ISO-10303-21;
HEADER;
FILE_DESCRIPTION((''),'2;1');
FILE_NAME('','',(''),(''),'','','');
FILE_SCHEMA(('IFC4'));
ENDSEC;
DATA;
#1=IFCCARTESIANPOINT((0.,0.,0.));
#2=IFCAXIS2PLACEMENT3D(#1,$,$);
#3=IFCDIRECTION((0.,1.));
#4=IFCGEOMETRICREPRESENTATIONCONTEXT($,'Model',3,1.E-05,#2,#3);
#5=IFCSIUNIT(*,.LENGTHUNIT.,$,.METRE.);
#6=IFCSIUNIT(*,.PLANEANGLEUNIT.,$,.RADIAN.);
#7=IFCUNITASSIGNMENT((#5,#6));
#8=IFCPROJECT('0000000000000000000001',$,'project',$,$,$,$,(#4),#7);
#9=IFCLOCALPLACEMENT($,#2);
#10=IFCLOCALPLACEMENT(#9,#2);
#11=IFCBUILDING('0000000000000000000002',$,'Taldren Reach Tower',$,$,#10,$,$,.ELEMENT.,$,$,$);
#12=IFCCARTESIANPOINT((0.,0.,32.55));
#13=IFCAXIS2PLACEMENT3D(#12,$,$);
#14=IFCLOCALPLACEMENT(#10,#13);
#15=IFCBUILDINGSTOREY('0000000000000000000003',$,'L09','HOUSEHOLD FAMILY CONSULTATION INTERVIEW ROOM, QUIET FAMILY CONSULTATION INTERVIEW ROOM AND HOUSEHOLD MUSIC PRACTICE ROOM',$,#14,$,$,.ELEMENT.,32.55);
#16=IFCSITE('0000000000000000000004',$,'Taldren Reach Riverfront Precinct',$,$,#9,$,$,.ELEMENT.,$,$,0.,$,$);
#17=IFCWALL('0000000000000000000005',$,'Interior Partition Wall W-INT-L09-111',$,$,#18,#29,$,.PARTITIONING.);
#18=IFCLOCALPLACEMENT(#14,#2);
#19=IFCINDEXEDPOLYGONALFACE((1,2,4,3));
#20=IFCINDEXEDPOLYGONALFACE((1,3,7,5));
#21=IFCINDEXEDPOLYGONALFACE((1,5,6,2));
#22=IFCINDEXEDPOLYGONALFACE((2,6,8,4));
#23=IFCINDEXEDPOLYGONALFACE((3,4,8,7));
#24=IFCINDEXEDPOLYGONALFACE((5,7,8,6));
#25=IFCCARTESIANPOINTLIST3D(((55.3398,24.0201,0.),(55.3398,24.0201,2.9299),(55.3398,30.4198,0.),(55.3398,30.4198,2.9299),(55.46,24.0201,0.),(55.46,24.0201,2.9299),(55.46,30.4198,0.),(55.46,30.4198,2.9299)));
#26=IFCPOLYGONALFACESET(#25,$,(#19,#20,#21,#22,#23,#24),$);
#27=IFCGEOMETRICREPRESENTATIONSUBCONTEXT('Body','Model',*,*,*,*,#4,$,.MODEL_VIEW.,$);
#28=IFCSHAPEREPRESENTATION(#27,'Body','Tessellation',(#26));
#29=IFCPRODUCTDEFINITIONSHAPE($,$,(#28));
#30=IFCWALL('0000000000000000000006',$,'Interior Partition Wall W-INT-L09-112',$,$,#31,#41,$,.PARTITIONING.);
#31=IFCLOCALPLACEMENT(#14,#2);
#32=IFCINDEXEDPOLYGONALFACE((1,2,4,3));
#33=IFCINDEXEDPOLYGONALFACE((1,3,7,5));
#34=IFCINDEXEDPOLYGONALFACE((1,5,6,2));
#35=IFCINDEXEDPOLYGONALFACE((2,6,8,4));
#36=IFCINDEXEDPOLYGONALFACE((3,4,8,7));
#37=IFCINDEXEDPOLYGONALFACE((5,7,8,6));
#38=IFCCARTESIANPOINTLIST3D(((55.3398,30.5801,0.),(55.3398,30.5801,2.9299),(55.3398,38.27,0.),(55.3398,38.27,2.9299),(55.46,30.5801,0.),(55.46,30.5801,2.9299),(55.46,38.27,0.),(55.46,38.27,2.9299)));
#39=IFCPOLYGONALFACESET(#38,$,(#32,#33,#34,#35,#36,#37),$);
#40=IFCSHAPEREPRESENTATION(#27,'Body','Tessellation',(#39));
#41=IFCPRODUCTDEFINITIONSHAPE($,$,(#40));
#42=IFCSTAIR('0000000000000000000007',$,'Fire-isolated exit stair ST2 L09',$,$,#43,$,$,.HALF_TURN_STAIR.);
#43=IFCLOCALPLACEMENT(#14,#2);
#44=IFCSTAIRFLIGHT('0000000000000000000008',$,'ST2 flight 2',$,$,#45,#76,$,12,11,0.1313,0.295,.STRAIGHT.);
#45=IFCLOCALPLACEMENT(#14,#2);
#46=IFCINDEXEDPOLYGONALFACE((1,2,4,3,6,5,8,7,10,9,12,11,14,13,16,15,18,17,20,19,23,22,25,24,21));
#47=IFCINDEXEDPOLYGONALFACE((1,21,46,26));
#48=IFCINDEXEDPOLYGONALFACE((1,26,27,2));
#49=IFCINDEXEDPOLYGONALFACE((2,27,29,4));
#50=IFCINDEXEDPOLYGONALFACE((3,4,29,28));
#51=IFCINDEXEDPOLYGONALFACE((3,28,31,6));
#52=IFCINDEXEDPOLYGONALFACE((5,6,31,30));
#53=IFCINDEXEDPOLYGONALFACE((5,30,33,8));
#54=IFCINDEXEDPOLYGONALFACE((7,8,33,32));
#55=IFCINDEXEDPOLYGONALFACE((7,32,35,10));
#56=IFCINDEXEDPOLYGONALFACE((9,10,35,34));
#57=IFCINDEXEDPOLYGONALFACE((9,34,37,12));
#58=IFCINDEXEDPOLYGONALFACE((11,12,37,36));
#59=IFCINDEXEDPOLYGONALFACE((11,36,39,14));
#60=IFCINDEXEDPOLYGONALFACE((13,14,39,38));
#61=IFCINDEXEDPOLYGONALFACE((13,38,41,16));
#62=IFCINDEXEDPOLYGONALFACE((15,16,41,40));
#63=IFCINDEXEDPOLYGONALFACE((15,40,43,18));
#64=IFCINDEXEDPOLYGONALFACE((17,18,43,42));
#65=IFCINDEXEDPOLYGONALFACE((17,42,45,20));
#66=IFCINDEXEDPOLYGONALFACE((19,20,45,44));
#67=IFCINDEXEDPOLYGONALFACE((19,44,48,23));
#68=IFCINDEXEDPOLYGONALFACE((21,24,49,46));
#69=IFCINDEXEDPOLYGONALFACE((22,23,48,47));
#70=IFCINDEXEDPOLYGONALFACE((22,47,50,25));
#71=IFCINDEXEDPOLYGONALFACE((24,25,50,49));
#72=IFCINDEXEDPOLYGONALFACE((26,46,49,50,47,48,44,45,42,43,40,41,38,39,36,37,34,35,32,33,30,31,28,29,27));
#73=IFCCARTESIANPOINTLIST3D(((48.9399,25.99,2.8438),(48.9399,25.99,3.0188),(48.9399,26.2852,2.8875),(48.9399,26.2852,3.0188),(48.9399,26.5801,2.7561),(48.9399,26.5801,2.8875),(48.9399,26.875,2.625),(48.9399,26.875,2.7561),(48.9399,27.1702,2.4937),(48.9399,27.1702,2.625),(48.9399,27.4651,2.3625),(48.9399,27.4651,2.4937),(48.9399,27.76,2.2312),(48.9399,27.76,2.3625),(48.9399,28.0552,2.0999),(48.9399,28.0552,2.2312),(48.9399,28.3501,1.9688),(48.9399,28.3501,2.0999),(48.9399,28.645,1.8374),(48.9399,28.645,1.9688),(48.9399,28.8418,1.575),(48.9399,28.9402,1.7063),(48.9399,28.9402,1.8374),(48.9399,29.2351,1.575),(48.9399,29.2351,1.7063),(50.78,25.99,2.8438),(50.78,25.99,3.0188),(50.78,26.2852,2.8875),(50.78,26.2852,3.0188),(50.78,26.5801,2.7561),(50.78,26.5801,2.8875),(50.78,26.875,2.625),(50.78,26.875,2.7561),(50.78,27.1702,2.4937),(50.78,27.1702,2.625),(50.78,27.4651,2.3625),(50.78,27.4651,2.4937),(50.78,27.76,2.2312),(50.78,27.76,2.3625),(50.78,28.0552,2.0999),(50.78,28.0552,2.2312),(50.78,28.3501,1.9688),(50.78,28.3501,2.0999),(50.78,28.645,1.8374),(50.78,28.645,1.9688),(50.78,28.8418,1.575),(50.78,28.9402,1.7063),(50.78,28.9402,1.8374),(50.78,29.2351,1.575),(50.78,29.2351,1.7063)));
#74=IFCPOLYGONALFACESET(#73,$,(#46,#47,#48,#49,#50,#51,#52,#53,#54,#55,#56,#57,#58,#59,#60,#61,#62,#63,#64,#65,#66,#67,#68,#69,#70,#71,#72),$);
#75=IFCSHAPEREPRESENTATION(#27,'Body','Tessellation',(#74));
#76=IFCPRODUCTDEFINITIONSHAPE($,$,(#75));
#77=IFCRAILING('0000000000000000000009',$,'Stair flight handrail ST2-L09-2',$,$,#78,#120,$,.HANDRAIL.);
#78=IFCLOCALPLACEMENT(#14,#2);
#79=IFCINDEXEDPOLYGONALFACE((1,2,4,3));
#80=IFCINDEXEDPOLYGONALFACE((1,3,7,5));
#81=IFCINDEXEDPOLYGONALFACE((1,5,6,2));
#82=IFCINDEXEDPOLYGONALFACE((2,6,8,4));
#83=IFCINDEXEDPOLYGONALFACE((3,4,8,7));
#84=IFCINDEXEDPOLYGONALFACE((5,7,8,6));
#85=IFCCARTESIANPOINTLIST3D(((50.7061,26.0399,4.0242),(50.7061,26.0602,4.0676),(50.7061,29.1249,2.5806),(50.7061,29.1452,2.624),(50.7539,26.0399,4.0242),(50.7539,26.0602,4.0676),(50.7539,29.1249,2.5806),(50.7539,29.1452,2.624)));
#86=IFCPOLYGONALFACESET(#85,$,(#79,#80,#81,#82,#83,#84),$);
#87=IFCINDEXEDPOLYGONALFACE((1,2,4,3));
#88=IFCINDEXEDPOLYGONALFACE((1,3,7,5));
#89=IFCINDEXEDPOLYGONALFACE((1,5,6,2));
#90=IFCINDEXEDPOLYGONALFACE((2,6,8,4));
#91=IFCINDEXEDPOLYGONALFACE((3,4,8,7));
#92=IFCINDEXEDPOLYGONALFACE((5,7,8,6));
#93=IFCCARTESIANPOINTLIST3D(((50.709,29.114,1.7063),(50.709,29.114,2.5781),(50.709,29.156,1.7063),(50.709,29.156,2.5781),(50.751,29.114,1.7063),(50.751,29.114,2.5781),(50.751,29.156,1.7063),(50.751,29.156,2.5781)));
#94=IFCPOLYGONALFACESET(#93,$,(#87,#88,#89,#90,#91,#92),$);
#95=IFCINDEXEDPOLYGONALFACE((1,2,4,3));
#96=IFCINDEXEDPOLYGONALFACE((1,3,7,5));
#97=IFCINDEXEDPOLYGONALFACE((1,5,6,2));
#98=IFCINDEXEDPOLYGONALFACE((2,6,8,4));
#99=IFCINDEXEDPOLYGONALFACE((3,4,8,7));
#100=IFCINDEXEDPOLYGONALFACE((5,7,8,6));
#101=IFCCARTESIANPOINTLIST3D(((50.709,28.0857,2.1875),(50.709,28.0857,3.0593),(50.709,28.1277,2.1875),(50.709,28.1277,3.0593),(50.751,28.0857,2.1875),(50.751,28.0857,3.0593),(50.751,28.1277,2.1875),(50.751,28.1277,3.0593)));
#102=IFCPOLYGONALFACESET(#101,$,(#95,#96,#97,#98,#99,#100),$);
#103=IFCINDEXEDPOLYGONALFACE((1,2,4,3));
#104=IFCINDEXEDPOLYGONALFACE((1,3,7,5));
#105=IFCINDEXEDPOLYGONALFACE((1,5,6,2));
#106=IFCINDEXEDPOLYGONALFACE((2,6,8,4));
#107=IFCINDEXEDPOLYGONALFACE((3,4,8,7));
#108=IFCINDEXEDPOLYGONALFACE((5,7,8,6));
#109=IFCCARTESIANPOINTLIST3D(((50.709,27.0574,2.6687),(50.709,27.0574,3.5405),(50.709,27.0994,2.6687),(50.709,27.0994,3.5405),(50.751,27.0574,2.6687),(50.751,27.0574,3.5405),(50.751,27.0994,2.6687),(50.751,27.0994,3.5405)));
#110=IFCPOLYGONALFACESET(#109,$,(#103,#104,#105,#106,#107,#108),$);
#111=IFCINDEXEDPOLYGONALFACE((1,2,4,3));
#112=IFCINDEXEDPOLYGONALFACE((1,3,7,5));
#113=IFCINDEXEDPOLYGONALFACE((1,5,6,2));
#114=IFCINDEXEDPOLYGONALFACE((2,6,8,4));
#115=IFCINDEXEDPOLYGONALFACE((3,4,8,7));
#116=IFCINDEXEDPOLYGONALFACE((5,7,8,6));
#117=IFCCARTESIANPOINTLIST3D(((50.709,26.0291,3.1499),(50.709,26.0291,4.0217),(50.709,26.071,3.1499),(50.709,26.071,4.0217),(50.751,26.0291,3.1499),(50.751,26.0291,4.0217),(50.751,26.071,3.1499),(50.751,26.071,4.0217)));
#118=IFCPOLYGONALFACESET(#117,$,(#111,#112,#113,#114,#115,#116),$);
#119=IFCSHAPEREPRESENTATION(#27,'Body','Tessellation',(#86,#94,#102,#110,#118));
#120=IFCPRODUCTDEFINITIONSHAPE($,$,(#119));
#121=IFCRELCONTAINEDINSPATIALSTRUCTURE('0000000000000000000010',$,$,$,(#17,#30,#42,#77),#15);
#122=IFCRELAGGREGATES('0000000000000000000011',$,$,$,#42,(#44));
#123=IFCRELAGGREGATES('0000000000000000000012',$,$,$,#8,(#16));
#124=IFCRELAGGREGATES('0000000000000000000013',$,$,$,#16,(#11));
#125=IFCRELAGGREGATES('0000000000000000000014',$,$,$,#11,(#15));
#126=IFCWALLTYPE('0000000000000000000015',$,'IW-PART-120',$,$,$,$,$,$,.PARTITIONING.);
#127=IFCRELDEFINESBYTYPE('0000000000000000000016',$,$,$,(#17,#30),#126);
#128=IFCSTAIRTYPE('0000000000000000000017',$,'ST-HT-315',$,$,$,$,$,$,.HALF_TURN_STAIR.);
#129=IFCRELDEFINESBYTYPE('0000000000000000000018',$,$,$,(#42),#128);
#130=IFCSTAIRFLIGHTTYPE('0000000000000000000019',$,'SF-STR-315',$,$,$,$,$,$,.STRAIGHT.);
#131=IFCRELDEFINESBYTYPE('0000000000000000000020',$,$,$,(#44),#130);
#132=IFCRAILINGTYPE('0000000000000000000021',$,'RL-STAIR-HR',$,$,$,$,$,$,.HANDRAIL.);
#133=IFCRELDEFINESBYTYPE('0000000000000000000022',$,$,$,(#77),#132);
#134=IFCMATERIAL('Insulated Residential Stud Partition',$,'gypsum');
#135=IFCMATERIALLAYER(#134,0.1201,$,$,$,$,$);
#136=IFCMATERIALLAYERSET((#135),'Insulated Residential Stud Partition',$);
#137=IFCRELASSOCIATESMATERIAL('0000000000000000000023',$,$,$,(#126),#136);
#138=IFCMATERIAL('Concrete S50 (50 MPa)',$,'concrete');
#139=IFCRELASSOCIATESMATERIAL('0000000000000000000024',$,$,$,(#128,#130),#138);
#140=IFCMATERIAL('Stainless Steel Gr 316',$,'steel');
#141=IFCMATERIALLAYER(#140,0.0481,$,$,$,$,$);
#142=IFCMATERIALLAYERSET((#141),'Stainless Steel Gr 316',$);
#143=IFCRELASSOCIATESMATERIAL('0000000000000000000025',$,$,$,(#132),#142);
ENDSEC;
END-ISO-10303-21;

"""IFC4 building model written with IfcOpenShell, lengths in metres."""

from ifc_helpers import new_model, si_unit, direction, frame, frame_2d, origin, origin_2d, place, context, subcontext, project, spatial, polyline, rectangle, outline, extrude, source, transform, mapped, material, layer, layer_set, type_object, element, aggregate, save


model = new_model("IFC4")

# Units and contexts
model_context = context("Model", 3, precision=1e-05, world=origin(), true_north=direction((0.0, 1.0)))
body_context = subcontext(model_context, "Body", "Model", "MODEL_VIEW")
ifc_project = project(units=[si_unit("LENGTHUNIT", "METRE"), si_unit("PLANEANGLEUNIT", "RADIAN")], contexts=[model_context])

# Site, building, storey
site_placement = place(None, origin())
site = spatial("IfcSite", under=ifc_project, at=site_placement, Name="Taldren Reach Riverfront Precinct", CompositionType="ELEMENT", RefElevation=0.0)
building_placement = place(site_placement, origin())
building = spatial("IfcBuilding", under=site, at=building_placement, Name="Taldren Reach Tower", CompositionType="ELEMENT")
storey_placement = place(building_placement, frame((0.0, 0.0, 32.55)))
storey = spatial("IfcBuildingStorey", under=building, at=storey_placement, Name="L09", Description="HOUSEHOLD FAMILY CONSULTATION INTERVIEW ROOM, QUIET FAMILY CONSULTATION INTERVIEW ROOM AND HOUSEHOLD MUSIC PRACTICE ROOM", CompositionType="ELEMENT", Elevation=32.55)

# Shared definitions
ifc_material_1 = material(Name="Insulated Residential Stud Partition", Category="gypsum")
ifc_layer_1 = layer(ifc_material_1, 0.1201)
ifc_layer_set_1 = layer_set([ifc_layer_1], Name="Insulated Residential Stud Partition")
wall_type_1 = type_object("IfcWallType", Name="IW-PART-120", PredefinedType="PARTITIONING", material=ifc_layer_set_1)

# Walls
shared_shape_1 = source(origin(), body_context, "Body", "SweptSolid", [
    extrude(rectangle(XDim=6.3997, YDim=0.1201, at=frame_2d((3.1997, 0.0))), origin(), (0.0, 0.0, 1.0), 2.9299),
])
wall_1_placement = place(storey_placement, frame((55.3999, 24.0203, 0.0), z_axis=(0.0, 0.0, 1.0), x_axis=(0.0, 1.0, 0.0)))
element("IfcWall", 1, at=wall_1_placement, inside=storey, type_object=wall_type_1, Name="Interior Partition Wall W-INT-L09-111", PredefinedType="PARTITIONING", context=body_context, shape_type="MappedRepresentation", body=[
    mapped(shared_shape_1, transform((0.0, 0.0, 0.0), scale=1.0)),
])
shared_shape_2 = source(origin(), body_context, "Body", "SweptSolid", [
    extrude(rectangle(XDim=7.6899, YDim=0.1201, at=frame_2d((3.845, 0.0))), origin(), (0.0, 0.0, 1.0), 2.9299),
])
wall_2_placement = place(storey_placement, frame((55.3999, 30.5801, 0.0), z_axis=(0.0, 0.0, 1.0), x_axis=(0.0, 1.0, 0.0)))
element("IfcWall", 2, at=wall_2_placement, inside=storey, type_object=wall_type_1, Name="Interior Partition Wall W-INT-L09-112", PredefinedType="PARTITIONING", context=body_context, shape_type="MappedRepresentation", body=[
    mapped(shared_shape_2, transform((0.0, 0.0, 0.0), scale=1.0)),
])

# Stair, stair flight
ifc_material_2 = material(Name="Concrete S50 (50 MPa)", Category="concrete")
stair_type = type_object("IfcStairType", Name="ST-HT-315", PredefinedType="HALF_TURN_STAIR", material=ifc_material_2)
stair_placement = place(storey_placement, origin())
stair = element("IfcStair", 3, at=stair_placement, inside=storey, type_object=stair_type, Name="Fire-isolated exit stair ST2 L09", PredefinedType="HALF_TURN_STAIR")
stair_flight_type = type_object("IfcStairFlightType", Name="SF-STR-315", PredefinedType="STRAIGHT", material=ifc_material_2)
stair_flight_placement = place(storey_placement, frame((49.8601, 29.2351, 1.575), z_axis=(0.0, 0.0, 1.0), x_axis=(0.0, -1.0, 0.0)))
stair_flight = element("IfcStairFlight", 4, at=stair_flight_placement, type_object=stair_flight_type, Name="ST2 flight 2", NumberOfRisers=12, NumberOfTreads=11, PredefinedType="STRAIGHT", RiserHeight=0.1313, TreadLength=0.295, context=body_context, shape_type="SweptSolid", body=[
    extrude(outline(polyline([(0.0, 0.0), (0.0, 0.1313), (0.2949, 0.1313), (0.2949, 0.2625), (0.5901, 0.2625), (0.5901, 0.3938), (0.885, 0.3938), (0.885, 0.5249), (1.1799, 0.5249), (1.1799, 0.6562), (1.4751, 0.6562), (1.4751, 0.7876), (1.77, 0.7876), (1.77, 0.9187), (2.0649, 0.9187), (2.0649, 1.05), (2.3601, 1.05), (2.3601, 1.1812), (2.655, 1.1812), (2.655, 1.3125), (2.95, 1.3125), (2.95, 1.4438), (3.2451, 1.4438), (3.2451, 1.575), (3.2451, 1.2688), (0.3933, 0.0), (0.0, 0.0)])), frame((0.0, 0.9199, 0.0), z_axis=(0.0, -1.0, 0.0), x_axis=(1.0, 0.0, 0.0)), (0.0, 0.0, 1.0), 1.8401),
])
aggregate(stair, [stair_flight])

# Railing
ifc_material_3 = material(Name="Stainless Steel Gr 316", Category="steel")
ifc_layer_2 = layer(ifc_material_3, 0.0481)
ifc_layer_set_2 = layer_set([ifc_layer_2], Name="Stainless Steel Gr 316")
railing_type = type_object("IfcRailingType", Name="RL-STAIR-HR", PredefinedType="HANDRAIL", material=ifc_layer_set_2)
railing_placement = place(storey_placement, frame((50.73, 29.135, 1.7063)))
element("IfcRailing", 5, at=railing_placement, inside=storey, type_object=railing_type, Name="Stair flight handrail ST2-L09-2", PredefinedType="HANDRAIL", context=body_context, shape_type="SweptSolid", body=[
    extrude(rectangle(XDim=0.0479, YDim=0.0479, at=origin_2d()), frame((0.0, 0.0, 0.896), z_axis=(0.0, -0.905738, 0.423839), x_axis=(1.0, 0.0, 0.0)), (0.0, 0.0, 1.0), 3.406),
    extrude(rectangle(XDim=0.042, YDim=0.042, at=origin_2d()), origin(), (0.0, 0.0, 1.0), 0.8718),
    extrude(rectangle(XDim=0.042, YDim=0.042, at=origin_2d()), frame((0.0, -1.0283, 0.4812)), (0.0, 0.0, 1.0), 0.8718),
    extrude(rectangle(XDim=0.042, YDim=0.042, at=origin_2d()), frame((0.0, -2.0566, 0.9624)), (0.0, 0.0, 1.0), 0.8718),
    extrude(rectangle(XDim=0.042, YDim=0.042, at=origin_2d()), frame((0.0, -3.085, 1.4436)), (0.0, 0.0, 1.0), 0.8718),
])

save(model, "model.ifc")
